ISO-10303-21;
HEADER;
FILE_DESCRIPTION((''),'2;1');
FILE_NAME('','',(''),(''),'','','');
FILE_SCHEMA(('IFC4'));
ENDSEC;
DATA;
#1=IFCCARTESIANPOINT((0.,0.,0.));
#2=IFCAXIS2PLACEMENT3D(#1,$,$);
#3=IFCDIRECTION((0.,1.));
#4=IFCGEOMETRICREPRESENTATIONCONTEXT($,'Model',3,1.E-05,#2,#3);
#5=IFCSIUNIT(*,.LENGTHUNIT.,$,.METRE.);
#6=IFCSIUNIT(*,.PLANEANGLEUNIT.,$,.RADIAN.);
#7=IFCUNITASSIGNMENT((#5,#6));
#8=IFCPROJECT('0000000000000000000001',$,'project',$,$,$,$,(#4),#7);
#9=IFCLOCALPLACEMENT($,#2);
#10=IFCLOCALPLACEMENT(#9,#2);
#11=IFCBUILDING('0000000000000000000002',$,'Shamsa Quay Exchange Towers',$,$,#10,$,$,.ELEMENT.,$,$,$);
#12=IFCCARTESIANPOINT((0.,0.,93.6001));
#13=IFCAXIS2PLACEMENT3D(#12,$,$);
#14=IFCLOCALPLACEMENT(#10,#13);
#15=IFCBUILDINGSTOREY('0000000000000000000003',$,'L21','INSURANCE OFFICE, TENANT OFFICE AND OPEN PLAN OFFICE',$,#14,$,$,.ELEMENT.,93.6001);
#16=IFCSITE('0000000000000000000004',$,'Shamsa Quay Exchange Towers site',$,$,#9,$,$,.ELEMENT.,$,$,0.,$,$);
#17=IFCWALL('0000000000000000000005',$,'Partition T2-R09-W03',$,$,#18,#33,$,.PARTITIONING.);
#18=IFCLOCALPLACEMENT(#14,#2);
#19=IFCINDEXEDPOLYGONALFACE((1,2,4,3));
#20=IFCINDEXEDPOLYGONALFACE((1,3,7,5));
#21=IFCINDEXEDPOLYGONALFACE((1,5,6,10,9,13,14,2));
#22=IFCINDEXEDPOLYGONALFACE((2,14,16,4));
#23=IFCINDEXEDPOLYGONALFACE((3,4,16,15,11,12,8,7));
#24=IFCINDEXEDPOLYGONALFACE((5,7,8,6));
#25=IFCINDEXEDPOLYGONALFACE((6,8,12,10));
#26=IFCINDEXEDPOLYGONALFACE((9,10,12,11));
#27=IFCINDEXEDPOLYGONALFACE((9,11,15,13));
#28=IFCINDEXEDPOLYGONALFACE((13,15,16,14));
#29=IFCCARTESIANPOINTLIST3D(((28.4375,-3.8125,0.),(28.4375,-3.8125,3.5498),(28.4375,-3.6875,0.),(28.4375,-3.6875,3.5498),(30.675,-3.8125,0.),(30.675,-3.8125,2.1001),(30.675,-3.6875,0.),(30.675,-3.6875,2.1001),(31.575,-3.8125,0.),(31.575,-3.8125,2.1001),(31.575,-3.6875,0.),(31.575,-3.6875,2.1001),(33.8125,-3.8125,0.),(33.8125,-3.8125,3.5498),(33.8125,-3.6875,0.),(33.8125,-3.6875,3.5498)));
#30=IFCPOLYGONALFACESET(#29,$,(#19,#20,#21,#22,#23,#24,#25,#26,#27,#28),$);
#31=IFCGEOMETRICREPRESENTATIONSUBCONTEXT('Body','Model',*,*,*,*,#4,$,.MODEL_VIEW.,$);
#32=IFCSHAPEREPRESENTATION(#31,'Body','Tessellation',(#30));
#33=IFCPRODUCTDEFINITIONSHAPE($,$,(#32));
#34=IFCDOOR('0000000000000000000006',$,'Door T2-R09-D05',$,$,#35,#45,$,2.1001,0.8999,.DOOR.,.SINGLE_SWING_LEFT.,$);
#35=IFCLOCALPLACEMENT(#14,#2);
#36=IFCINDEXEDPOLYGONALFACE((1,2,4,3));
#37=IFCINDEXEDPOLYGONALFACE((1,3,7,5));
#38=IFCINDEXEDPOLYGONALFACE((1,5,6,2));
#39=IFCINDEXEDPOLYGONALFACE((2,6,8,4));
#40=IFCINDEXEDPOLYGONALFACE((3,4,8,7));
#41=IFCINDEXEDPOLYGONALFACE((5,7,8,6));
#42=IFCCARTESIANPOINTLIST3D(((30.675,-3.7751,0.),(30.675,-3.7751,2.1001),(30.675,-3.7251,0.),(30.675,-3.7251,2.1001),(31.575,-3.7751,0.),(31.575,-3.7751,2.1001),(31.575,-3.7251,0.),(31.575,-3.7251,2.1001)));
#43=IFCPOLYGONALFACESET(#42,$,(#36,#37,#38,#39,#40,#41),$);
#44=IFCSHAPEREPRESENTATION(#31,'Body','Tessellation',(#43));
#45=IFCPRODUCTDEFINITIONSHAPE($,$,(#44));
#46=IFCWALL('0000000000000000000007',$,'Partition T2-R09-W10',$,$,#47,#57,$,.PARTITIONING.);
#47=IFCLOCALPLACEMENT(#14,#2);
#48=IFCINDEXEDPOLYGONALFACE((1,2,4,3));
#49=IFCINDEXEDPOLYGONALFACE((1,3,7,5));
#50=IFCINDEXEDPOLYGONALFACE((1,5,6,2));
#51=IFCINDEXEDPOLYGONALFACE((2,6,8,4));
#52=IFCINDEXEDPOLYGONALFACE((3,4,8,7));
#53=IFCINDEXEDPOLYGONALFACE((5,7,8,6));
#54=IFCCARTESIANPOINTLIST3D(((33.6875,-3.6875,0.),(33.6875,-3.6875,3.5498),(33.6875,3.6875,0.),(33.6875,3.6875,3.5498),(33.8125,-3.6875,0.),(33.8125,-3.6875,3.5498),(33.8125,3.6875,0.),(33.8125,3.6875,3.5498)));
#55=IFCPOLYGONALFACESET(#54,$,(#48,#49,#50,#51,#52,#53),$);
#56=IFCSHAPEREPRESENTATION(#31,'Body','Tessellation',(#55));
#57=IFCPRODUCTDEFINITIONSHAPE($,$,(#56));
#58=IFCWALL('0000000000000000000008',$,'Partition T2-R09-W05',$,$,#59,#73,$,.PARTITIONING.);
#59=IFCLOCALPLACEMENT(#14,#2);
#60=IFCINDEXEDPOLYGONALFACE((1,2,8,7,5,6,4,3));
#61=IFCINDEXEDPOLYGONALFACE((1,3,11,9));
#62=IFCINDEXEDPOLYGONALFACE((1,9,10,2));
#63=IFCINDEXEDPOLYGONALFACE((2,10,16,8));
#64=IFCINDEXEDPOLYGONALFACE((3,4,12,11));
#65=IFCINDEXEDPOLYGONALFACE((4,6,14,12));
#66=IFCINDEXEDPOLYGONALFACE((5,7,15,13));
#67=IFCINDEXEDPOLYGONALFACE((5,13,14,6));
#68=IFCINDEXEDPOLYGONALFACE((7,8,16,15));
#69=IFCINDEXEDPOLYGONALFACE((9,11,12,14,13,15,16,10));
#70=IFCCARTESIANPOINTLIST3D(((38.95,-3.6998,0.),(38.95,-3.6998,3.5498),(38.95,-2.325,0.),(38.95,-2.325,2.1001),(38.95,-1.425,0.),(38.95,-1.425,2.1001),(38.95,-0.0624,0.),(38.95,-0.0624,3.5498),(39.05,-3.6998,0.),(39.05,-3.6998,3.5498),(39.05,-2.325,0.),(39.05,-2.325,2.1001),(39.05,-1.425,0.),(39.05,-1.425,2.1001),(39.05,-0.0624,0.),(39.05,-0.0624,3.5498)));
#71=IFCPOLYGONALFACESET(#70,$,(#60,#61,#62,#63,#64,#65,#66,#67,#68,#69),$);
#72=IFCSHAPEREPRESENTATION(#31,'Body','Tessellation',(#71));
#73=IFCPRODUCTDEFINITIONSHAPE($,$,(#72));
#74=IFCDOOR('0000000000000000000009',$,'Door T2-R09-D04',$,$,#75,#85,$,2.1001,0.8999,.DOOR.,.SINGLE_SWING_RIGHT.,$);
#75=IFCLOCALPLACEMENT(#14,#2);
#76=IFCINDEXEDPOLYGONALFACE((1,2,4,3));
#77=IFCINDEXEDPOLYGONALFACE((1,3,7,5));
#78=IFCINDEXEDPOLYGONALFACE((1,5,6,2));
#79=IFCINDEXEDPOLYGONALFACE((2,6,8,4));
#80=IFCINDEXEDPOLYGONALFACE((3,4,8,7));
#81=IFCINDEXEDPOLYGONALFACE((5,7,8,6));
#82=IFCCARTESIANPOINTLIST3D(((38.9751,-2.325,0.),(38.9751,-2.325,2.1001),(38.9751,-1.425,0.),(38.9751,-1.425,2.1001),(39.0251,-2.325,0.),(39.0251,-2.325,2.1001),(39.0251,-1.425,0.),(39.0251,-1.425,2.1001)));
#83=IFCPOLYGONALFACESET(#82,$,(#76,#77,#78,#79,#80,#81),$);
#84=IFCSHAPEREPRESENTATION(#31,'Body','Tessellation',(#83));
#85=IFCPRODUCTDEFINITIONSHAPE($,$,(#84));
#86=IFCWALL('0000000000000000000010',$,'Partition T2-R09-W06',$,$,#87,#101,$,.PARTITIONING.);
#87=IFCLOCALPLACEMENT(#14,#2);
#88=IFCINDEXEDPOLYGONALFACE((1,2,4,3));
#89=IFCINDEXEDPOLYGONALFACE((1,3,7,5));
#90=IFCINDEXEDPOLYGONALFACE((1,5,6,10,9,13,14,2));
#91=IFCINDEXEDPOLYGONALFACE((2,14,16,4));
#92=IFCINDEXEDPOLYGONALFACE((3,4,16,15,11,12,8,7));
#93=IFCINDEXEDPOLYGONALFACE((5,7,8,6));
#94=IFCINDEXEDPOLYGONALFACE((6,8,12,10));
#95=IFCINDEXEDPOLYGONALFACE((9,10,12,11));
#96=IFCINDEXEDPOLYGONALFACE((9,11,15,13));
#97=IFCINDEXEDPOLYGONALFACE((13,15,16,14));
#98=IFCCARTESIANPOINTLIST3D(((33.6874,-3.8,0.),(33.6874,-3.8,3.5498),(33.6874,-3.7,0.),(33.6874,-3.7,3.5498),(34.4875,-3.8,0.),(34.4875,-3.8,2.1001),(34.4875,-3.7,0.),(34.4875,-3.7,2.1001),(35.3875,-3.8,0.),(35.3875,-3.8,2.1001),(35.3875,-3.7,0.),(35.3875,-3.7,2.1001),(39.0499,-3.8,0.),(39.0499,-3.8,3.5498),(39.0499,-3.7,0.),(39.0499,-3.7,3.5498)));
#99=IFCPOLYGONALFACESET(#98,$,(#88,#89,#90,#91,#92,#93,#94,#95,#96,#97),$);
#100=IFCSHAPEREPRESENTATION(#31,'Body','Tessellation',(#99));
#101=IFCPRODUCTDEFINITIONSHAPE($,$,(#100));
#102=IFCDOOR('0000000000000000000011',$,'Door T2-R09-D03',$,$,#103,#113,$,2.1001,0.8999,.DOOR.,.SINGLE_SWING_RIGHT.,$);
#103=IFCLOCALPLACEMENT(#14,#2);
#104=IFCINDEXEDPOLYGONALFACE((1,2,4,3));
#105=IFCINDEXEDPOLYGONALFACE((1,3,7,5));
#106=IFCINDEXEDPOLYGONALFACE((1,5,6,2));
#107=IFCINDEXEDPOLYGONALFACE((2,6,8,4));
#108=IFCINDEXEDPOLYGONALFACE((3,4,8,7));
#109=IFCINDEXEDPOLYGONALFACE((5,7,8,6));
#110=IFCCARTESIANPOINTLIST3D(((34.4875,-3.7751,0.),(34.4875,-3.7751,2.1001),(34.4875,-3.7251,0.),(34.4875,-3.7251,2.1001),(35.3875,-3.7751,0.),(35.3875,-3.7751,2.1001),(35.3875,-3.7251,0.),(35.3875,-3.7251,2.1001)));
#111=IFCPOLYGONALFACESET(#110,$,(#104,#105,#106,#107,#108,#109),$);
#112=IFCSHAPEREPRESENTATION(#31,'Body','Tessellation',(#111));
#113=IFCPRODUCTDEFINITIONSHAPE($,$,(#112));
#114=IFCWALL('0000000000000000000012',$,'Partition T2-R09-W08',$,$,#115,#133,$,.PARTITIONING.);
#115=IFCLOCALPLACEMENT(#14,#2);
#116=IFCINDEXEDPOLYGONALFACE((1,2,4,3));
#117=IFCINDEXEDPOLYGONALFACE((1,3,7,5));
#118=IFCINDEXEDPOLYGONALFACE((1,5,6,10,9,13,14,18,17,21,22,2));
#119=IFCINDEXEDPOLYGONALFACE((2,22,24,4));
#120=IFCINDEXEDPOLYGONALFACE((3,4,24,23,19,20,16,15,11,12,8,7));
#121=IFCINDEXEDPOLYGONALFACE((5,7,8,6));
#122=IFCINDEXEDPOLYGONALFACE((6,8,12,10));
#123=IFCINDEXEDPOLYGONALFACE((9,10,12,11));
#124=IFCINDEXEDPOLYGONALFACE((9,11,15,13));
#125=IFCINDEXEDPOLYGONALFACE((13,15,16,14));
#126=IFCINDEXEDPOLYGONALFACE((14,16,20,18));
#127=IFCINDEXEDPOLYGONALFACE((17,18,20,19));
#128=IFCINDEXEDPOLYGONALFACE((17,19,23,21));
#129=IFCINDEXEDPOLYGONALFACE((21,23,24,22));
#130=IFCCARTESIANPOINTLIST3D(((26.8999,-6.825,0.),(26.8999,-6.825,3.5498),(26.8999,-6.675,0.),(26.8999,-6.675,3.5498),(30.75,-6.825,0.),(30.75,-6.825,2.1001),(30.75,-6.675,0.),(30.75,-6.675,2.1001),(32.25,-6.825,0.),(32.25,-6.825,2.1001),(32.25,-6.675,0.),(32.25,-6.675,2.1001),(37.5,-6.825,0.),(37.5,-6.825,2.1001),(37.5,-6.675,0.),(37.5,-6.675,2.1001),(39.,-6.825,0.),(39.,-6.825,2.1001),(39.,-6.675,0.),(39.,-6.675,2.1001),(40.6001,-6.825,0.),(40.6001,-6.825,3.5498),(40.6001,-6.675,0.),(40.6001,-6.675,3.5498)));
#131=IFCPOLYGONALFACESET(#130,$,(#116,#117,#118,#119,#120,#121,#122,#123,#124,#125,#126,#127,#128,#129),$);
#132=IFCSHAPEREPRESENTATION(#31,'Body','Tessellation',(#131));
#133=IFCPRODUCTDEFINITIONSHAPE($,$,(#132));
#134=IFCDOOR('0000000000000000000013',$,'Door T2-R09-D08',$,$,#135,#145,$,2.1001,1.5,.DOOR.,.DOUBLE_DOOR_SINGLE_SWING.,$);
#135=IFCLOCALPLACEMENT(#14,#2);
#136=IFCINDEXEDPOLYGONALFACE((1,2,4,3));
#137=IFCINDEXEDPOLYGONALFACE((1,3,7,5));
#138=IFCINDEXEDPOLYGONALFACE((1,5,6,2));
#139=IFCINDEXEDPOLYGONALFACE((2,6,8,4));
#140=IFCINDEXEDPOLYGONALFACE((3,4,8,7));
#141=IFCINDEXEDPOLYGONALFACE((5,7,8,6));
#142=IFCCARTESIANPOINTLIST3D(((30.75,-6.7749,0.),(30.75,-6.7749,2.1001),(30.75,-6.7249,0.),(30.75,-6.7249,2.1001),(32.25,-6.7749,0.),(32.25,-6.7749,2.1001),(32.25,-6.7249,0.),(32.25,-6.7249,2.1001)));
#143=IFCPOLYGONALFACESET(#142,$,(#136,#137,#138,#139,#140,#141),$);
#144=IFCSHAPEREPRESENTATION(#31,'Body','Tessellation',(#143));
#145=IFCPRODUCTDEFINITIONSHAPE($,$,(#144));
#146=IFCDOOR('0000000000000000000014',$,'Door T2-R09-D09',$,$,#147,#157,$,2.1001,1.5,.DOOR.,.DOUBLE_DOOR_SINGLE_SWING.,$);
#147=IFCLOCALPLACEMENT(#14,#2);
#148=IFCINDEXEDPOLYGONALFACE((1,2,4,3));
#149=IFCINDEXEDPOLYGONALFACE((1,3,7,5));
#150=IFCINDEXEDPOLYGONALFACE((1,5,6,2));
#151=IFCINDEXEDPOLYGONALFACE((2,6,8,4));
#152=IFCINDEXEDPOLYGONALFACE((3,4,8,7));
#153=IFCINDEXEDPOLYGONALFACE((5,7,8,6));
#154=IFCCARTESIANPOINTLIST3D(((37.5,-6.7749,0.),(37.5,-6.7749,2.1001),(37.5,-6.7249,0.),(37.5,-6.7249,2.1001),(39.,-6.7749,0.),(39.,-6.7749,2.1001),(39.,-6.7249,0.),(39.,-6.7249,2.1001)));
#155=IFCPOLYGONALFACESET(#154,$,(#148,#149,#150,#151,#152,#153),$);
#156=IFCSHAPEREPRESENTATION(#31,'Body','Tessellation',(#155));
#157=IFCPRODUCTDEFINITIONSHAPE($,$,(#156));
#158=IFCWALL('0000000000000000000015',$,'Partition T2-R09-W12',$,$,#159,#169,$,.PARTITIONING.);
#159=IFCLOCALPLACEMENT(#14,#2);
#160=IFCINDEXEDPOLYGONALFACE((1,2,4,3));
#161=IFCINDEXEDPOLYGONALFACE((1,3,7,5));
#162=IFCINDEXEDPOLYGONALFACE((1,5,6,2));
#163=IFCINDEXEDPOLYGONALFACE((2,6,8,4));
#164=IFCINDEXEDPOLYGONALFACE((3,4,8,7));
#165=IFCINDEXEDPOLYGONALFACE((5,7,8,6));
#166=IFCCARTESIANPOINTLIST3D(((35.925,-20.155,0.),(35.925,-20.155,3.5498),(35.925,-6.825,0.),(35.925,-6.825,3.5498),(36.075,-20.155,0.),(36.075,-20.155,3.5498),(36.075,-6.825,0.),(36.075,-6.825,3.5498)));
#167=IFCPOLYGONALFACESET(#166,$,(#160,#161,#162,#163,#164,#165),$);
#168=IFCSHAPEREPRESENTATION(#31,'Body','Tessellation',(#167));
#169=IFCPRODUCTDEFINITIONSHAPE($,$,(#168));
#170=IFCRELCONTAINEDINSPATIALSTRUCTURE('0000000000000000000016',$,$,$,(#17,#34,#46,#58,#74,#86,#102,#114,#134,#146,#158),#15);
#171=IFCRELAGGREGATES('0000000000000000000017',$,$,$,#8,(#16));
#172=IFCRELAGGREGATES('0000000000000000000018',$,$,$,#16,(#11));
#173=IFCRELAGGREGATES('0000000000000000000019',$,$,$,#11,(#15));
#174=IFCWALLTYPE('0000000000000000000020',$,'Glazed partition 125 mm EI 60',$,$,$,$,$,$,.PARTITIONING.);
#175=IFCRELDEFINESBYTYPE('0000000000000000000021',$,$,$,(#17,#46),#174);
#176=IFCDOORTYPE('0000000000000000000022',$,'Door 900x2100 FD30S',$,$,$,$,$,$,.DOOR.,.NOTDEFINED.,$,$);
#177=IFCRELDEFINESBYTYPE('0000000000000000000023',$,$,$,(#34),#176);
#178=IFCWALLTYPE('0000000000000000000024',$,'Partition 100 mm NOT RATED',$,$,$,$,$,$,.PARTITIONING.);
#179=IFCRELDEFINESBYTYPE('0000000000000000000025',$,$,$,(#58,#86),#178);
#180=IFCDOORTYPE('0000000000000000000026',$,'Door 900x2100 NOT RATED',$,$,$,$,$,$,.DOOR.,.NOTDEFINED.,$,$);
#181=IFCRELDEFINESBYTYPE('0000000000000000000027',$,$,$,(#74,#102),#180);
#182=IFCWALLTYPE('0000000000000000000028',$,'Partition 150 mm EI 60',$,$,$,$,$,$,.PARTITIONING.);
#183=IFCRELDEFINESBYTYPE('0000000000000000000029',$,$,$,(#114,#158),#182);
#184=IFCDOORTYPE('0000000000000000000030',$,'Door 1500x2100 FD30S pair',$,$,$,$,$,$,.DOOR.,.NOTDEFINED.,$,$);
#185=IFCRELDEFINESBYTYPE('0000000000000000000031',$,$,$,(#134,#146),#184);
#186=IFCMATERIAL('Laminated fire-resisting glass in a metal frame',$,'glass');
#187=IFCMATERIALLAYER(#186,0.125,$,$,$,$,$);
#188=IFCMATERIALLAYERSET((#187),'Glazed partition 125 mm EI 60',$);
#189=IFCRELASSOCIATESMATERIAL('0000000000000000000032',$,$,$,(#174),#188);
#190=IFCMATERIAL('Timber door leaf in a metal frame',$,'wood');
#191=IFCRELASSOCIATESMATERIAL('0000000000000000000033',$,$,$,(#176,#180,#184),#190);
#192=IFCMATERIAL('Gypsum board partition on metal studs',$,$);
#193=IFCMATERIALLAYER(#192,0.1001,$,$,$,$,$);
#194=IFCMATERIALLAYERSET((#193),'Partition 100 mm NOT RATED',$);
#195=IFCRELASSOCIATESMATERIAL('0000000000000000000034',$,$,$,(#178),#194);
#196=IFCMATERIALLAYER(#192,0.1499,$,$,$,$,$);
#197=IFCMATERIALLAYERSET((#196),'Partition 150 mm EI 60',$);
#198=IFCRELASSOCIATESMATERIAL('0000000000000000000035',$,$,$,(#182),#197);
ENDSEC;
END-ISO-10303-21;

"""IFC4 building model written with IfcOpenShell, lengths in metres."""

from ifc_helpers import new_model, si_unit, direction, frame, frame_2d, origin, place, context, subcontext, project, spatial, rectangle, extrude, material, layer, layer_set, type_object, element, fill, save


model = new_model("IFC4")

# Units and contexts
model_context = context("Model", 3, precision=1e-05, world=origin(), true_north=direction((0.0, 1.0)))
body_context = subcontext(model_context, "Body", "Model", "MODEL_VIEW")
ifc_project = project(units=[si_unit("LENGTHUNIT", "METRE"), si_unit("PLANEANGLEUNIT", "RADIAN")], contexts=[model_context])

# Site, building, storey
site_placement = place(None, origin())
site = spatial("IfcSite", under=ifc_project, at=site_placement, Name="Shamsa Quay Exchange Towers site", CompositionType="ELEMENT", RefElevation=0.0)
building_placement = place(site_placement, origin())
building = spatial("IfcBuilding", under=site, at=building_placement, Name="Shamsa Quay Exchange Towers", CompositionType="ELEMENT")
storey_placement = place(building_placement, frame((0.0, 0.0, 93.6001)))
storey = spatial("IfcBuildingStorey", under=building, at=storey_placement, Name="L21", Description="INSURANCE OFFICE, TENANT OFFICE AND OPEN PLAN OFFICE", CompositionType="ELEMENT", Elevation=93.6001)

# Wall, opening, door
ifc_material_1 = material(Name="Laminated fire-resisting glass in a metal frame", Category="glass")
ifc_layer_1 = layer(ifc_material_1, 0.125)
ifc_layer_set_1 = layer_set([ifc_layer_1], Name="Glazed partition 125 mm EI 60")
wall_type_1 = type_object("IfcWallType", Name="Glazed partition 125 mm EI 60", PredefinedType="PARTITIONING", material=ifc_layer_set_1)
wall_1_placement = place(storey_placement, frame((28.4375, -3.75, 0.0)))
wall_1 = element("IfcWall", 1, at=wall_1_placement, inside=storey, type_object=wall_type_1, Name="Partition T2-R09-W03", PredefinedType="PARTITIONING", context=body_context, shape_type="SweptSolid", body=[
    extrude(rectangle(XDim=5.375, YDim=0.125, at=frame_2d((2.6875, 0.0))), origin(), (0.0, 0.0, 1.0), 3.5498),
])
opening_1_placement = place(wall_1_placement, frame((2.2375, 0.0, 0.0)))
opening_1 = element("IfcOpeningElement", 2, at=opening_1_placement, cuts=wall_1, PredefinedType="OPENING", context=body_context, shape_type="SweptSolid", body=[
    extrude(rectangle(XDim=0.8999, YDim=2.1001, at=frame_2d((0.45, 1.05))), frame((0.0, 0.0725, 0.0), z_axis=(0.0, -1.0, 0.0), x_axis=(1.0, 0.0, 0.0)), (0.0, 0.0, 1.0), 0.145),
])
ifc_material_2 = material(Name="Timber door leaf in a metal frame", Category="wood")
door_type_1 = type_object("IfcDoorType", Name="Door 900x2100 FD30S", OperationType="NOTDEFINED", PredefinedType="DOOR", material=ifc_material_2)
door_1_placement = place(opening_1_placement, origin())
door_1 = element("IfcDoor", 3, at=door_1_placement, inside=storey, type_object=door_type_1, Name="Door T2-R09-D05", OperationType="SINGLE_SWING_LEFT", OverallHeight=2.1001, OverallWidth=0.8999, PredefinedType="DOOR", context=body_context, shape_type="SweptSolid", body=[
    extrude(rectangle(XDim=0.8999, YDim=2.1001, at=frame_2d((0.45, 1.05))), frame((0.0, 0.0249, 0.0), z_axis=(0.0, -1.0, 0.0), x_axis=(1.0, 0.0, 0.0)), (0.0, 0.0, 1.0), 0.05),
])
fill(opening_1, door_1)

# Wall
wall_2_placement = place(storey_placement, frame((33.75, -3.6875, 0.0), z_axis=(0.0, 0.0, 1.0), x_axis=(0.0, 1.0, 0.0)))
element("IfcWall", 4, at=wall_2_placement, inside=storey, type_object=wall_type_1, Name="Partition T2-R09-W10", PredefinedType="PARTITIONING", context=body_context, shape_type="SweptSolid", body=[
    extrude(rectangle(XDim=7.375, YDim=0.125, at=frame_2d((3.6875, 0.0))), origin(), (0.0, 0.0, 1.0), 3.5498),
])

# Walls, openings, doors
ifc_material_3 = material(Name="Gypsum board partition on metal studs")
ifc_layer_2 = layer(ifc_material_3, 0.1001)
ifc_layer_set_2 = layer_set([ifc_layer_2], Name="Partition 100 mm NOT RATED")
wall_type_2 = type_object("IfcWallType", Name="Partition 100 mm NOT RATED", PredefinedType="PARTITIONING", material=ifc_layer_set_2)
wall_3_placement = place(storey_placement, frame((39.0, -3.7, 0.0), z_axis=(0.0, 0.0, 1.0), x_axis=(0.0, 1.0, 0.0)))
wall_3 = element("IfcWall", 5, at=wall_3_placement, inside=storey, type_object=wall_type_2, Name="Partition T2-R09-W05", PredefinedType="PARTITIONING", context=body_context, shape_type="SweptSolid", body=[
    extrude(rectangle(XDim=3.6375, YDim=0.1001, at=frame_2d((1.8188, 0.0))), origin(), (0.0, 0.0, 1.0), 3.5498),
])
opening_2_placement = place(wall_3_placement, frame((1.375, 0.0, 0.0)))
opening_2 = element("IfcOpeningElement", 6, at=opening_2_placement, cuts=wall_3, PredefinedType="OPENING", context=body_context, shape_type="SweptSolid", body=[
    extrude(rectangle(XDim=0.8999, YDim=2.1001, at=frame_2d((0.45, 1.05))), frame((0.0, 0.0601, 0.0), z_axis=(0.0, -1.0, 0.0), x_axis=(1.0, 0.0, 0.0)), (0.0, 0.0, 1.0), 0.1201),
])
door_type_2 = type_object("IfcDoorType", Name="Door 900x2100 NOT RATED", OperationType="NOTDEFINED", PredefinedType="DOOR", material=ifc_material_2)
door_2_placement = place(opening_2_placement, origin())
door_2 = element("IfcDoor", 7, at=door_2_placement, inside=storey, type_object=door_type_2, Name="Door T2-R09-D04", OperationType="SINGLE_SWING_RIGHT", OverallHeight=2.1001, OverallWidth=0.8999, PredefinedType="DOOR", context=body_context, shape_type="SweptSolid", body=[
    extrude(rectangle(XDim=0.8999, YDim=2.1001, at=frame_2d((0.45, 1.05))), frame((0.0, 0.0249, 0.0), z_axis=(0.0, -1.0, 0.0), x_axis=(1.0, 0.0, 0.0)), (0.0, 0.0, 1.0), 0.05),
])
fill(opening_2, door_2)
wall_4_placement = place(storey_placement, frame((33.6875, -3.75, 0.0)))
wall_4 = element("IfcWall", 8, at=wall_4_placement, inside=storey, type_object=wall_type_2, Name="Partition T2-R09-W06", PredefinedType="PARTITIONING", context=body_context, shape_type="SweptSolid", body=[
    extrude(rectangle(XDim=5.3625, YDim=0.1001, at=frame_2d((2.6812, 0.0))), origin(), (0.0, 0.0, 1.0), 3.5498),
])
opening_3_placement = place(wall_4_placement, frame((0.8, 0.0, 0.0)))
opening_3 = element("IfcOpeningElement", 9, at=opening_3_placement, cuts=wall_4, PredefinedType="OPENING", context=body_context, shape_type="SweptSolid", body=[
    extrude(rectangle(XDim=0.8999, YDim=2.1001, at=frame_2d((0.45, 1.05))), frame((0.0, 0.0601, 0.0), z_axis=(0.0, -1.0, 0.0), x_axis=(1.0, 0.0, 0.0)), (0.0, 0.0, 1.0), 0.1201),
])
door_3_placement = place(opening_3_placement, origin())
door_3 = element("IfcDoor", 10, at=door_3_placement, inside=storey, type_object=door_type_2, Name="Door T2-R09-D03", OperationType="SINGLE_SWING_RIGHT", OverallHeight=2.1001, OverallWidth=0.8999, PredefinedType="DOOR", context=body_context, shape_type="SweptSolid", body=[
    extrude(rectangle(XDim=0.8999, YDim=2.1001, at=frame_2d((0.45, 1.05))), frame((0.0, 0.0249, 0.0), z_axis=(0.0, -1.0, 0.0), x_axis=(1.0, 0.0, 0.0)), (0.0, 0.0, 1.0), 0.05),
])
fill(opening_3, door_3)

# Wall, openings, doors
ifc_layer_3 = layer(ifc_material_3, 0.1499)
ifc_layer_set_3 = layer_set([ifc_layer_3], Name="Partition 150 mm EI 60")
wall_type_3 = type_object("IfcWallType", Name="Partition 150 mm EI 60", PredefinedType="PARTITIONING", material=ifc_layer_set_3)
wall_5_placement = place(storey_placement, frame((40.6001, -6.75, 0.0), z_axis=(0.0, 0.0, 1.0), x_axis=(-1.0, 0.0, 0.0)))
wall_5 = element("IfcWall", 11, at=wall_5_placement, inside=storey, type_object=wall_type_3, Name="Partition T2-R09-W08", PredefinedType="PARTITIONING", context=body_context, shape_type="SweptSolid", body=[
    extrude(rectangle(XDim=13.7002, YDim=0.1499, at=frame_2d((6.8501, 0.0))), origin(), (0.0, 0.0, 1.0), 3.5498),
])
opening_4_placement = place(wall_5_placement, frame((8.3501, 0.0, 0.0)))
opening_4 = element("IfcOpeningElement", 12, at=opening_4_placement, cuts=wall_5, PredefinedType="OPENING", context=body_context, shape_type="SweptSolid", body=[
    extrude(rectangle(XDim=1.5, YDim=2.1001, at=frame_2d((0.75, 1.05))), frame((0.0, 0.085, 0.0), z_axis=(0.0, -1.0, 0.0), x_axis=(1.0, 0.0, 0.0)), (0.0, 0.0, 1.0), 0.1699),
])
opening_5_placement = place(wall_5_placement, frame((1.6001, 0.0, 0.0)))
opening_5 = element("IfcOpeningElement", 13, at=opening_5_placement, cuts=wall_5, PredefinedType="OPENING", context=body_context, shape_type="SweptSolid", body=[
    extrude(rectangle(XDim=1.5, YDim=2.1001, at=frame_2d((0.75, 1.05))), frame((0.0, 0.085, 0.0), z_axis=(0.0, -1.0, 0.0), x_axis=(1.0, 0.0, 0.0)), (0.0, 0.0, 1.0), 0.1699),
])
door_type_3 = type_object("IfcDoorType", Name="Door 1500x2100 FD30S pair", OperationType="NOTDEFINED", PredefinedType="DOOR", material=ifc_material_2)
door_4_placement = place(opening_4_placement, origin())
door_4 = element("IfcDoor", 14, at=door_4_placement, inside=storey, type_object=door_type_3, Name="Door T2-R09-D08", OperationType="DOUBLE_DOOR_SINGLE_SWING", OverallHeight=2.1001, OverallWidth=1.5, PredefinedType="DOOR", context=body_context, shape_type="SweptSolid", body=[
    extrude(rectangle(XDim=1.5, YDim=2.1001, at=frame_2d((0.75, 1.05))), frame((0.0, 0.0249, 0.0), z_axis=(0.0, -1.0, 0.0), x_axis=(1.0, 0.0, 0.0)), (0.0, 0.0, 1.0), 0.05),
])
fill(opening_4, door_4)
door_5_placement = place(opening_5_placement, origin())
door_5 = element("IfcDoor", 15, at=door_5_placement, inside=storey, type_object=door_type_3, Name="Door T2-R09-D09", OperationType="DOUBLE_DOOR_SINGLE_SWING", OverallHeight=2.1001, OverallWidth=1.5, PredefinedType="DOOR", context=body_context, shape_type="SweptSolid", body=[
    extrude(rectangle(XDim=1.5, YDim=2.1001, at=frame_2d((0.75, 1.05))), frame((0.0, 0.0249, 0.0), z_axis=(0.0, -1.0, 0.0), x_axis=(1.0, 0.0, 0.0)), (0.0, 0.0, 1.0), 0.05),
])
fill(opening_5, door_5)

# Wall
wall_6_placement = place(storey_placement, frame((36.0, -6.825, 0.0), z_axis=(0.0, 0.0, 1.0), x_axis=(0.0, -1.0, 0.0)))
element("IfcWall", 16, at=wall_6_placement, inside=storey, type_object=wall_type_3, Name="Partition T2-R09-W12", PredefinedType="PARTITIONING", context=body_context, shape_type="SweptSolid", body=[
    extrude(rectangle(XDim=13.3301, YDim=0.1499, at=frame_2d((6.665, 0.0))), origin(), (0.0, 0.0, 1.0), 3.5498),
])

save(model, "model.ifc")
